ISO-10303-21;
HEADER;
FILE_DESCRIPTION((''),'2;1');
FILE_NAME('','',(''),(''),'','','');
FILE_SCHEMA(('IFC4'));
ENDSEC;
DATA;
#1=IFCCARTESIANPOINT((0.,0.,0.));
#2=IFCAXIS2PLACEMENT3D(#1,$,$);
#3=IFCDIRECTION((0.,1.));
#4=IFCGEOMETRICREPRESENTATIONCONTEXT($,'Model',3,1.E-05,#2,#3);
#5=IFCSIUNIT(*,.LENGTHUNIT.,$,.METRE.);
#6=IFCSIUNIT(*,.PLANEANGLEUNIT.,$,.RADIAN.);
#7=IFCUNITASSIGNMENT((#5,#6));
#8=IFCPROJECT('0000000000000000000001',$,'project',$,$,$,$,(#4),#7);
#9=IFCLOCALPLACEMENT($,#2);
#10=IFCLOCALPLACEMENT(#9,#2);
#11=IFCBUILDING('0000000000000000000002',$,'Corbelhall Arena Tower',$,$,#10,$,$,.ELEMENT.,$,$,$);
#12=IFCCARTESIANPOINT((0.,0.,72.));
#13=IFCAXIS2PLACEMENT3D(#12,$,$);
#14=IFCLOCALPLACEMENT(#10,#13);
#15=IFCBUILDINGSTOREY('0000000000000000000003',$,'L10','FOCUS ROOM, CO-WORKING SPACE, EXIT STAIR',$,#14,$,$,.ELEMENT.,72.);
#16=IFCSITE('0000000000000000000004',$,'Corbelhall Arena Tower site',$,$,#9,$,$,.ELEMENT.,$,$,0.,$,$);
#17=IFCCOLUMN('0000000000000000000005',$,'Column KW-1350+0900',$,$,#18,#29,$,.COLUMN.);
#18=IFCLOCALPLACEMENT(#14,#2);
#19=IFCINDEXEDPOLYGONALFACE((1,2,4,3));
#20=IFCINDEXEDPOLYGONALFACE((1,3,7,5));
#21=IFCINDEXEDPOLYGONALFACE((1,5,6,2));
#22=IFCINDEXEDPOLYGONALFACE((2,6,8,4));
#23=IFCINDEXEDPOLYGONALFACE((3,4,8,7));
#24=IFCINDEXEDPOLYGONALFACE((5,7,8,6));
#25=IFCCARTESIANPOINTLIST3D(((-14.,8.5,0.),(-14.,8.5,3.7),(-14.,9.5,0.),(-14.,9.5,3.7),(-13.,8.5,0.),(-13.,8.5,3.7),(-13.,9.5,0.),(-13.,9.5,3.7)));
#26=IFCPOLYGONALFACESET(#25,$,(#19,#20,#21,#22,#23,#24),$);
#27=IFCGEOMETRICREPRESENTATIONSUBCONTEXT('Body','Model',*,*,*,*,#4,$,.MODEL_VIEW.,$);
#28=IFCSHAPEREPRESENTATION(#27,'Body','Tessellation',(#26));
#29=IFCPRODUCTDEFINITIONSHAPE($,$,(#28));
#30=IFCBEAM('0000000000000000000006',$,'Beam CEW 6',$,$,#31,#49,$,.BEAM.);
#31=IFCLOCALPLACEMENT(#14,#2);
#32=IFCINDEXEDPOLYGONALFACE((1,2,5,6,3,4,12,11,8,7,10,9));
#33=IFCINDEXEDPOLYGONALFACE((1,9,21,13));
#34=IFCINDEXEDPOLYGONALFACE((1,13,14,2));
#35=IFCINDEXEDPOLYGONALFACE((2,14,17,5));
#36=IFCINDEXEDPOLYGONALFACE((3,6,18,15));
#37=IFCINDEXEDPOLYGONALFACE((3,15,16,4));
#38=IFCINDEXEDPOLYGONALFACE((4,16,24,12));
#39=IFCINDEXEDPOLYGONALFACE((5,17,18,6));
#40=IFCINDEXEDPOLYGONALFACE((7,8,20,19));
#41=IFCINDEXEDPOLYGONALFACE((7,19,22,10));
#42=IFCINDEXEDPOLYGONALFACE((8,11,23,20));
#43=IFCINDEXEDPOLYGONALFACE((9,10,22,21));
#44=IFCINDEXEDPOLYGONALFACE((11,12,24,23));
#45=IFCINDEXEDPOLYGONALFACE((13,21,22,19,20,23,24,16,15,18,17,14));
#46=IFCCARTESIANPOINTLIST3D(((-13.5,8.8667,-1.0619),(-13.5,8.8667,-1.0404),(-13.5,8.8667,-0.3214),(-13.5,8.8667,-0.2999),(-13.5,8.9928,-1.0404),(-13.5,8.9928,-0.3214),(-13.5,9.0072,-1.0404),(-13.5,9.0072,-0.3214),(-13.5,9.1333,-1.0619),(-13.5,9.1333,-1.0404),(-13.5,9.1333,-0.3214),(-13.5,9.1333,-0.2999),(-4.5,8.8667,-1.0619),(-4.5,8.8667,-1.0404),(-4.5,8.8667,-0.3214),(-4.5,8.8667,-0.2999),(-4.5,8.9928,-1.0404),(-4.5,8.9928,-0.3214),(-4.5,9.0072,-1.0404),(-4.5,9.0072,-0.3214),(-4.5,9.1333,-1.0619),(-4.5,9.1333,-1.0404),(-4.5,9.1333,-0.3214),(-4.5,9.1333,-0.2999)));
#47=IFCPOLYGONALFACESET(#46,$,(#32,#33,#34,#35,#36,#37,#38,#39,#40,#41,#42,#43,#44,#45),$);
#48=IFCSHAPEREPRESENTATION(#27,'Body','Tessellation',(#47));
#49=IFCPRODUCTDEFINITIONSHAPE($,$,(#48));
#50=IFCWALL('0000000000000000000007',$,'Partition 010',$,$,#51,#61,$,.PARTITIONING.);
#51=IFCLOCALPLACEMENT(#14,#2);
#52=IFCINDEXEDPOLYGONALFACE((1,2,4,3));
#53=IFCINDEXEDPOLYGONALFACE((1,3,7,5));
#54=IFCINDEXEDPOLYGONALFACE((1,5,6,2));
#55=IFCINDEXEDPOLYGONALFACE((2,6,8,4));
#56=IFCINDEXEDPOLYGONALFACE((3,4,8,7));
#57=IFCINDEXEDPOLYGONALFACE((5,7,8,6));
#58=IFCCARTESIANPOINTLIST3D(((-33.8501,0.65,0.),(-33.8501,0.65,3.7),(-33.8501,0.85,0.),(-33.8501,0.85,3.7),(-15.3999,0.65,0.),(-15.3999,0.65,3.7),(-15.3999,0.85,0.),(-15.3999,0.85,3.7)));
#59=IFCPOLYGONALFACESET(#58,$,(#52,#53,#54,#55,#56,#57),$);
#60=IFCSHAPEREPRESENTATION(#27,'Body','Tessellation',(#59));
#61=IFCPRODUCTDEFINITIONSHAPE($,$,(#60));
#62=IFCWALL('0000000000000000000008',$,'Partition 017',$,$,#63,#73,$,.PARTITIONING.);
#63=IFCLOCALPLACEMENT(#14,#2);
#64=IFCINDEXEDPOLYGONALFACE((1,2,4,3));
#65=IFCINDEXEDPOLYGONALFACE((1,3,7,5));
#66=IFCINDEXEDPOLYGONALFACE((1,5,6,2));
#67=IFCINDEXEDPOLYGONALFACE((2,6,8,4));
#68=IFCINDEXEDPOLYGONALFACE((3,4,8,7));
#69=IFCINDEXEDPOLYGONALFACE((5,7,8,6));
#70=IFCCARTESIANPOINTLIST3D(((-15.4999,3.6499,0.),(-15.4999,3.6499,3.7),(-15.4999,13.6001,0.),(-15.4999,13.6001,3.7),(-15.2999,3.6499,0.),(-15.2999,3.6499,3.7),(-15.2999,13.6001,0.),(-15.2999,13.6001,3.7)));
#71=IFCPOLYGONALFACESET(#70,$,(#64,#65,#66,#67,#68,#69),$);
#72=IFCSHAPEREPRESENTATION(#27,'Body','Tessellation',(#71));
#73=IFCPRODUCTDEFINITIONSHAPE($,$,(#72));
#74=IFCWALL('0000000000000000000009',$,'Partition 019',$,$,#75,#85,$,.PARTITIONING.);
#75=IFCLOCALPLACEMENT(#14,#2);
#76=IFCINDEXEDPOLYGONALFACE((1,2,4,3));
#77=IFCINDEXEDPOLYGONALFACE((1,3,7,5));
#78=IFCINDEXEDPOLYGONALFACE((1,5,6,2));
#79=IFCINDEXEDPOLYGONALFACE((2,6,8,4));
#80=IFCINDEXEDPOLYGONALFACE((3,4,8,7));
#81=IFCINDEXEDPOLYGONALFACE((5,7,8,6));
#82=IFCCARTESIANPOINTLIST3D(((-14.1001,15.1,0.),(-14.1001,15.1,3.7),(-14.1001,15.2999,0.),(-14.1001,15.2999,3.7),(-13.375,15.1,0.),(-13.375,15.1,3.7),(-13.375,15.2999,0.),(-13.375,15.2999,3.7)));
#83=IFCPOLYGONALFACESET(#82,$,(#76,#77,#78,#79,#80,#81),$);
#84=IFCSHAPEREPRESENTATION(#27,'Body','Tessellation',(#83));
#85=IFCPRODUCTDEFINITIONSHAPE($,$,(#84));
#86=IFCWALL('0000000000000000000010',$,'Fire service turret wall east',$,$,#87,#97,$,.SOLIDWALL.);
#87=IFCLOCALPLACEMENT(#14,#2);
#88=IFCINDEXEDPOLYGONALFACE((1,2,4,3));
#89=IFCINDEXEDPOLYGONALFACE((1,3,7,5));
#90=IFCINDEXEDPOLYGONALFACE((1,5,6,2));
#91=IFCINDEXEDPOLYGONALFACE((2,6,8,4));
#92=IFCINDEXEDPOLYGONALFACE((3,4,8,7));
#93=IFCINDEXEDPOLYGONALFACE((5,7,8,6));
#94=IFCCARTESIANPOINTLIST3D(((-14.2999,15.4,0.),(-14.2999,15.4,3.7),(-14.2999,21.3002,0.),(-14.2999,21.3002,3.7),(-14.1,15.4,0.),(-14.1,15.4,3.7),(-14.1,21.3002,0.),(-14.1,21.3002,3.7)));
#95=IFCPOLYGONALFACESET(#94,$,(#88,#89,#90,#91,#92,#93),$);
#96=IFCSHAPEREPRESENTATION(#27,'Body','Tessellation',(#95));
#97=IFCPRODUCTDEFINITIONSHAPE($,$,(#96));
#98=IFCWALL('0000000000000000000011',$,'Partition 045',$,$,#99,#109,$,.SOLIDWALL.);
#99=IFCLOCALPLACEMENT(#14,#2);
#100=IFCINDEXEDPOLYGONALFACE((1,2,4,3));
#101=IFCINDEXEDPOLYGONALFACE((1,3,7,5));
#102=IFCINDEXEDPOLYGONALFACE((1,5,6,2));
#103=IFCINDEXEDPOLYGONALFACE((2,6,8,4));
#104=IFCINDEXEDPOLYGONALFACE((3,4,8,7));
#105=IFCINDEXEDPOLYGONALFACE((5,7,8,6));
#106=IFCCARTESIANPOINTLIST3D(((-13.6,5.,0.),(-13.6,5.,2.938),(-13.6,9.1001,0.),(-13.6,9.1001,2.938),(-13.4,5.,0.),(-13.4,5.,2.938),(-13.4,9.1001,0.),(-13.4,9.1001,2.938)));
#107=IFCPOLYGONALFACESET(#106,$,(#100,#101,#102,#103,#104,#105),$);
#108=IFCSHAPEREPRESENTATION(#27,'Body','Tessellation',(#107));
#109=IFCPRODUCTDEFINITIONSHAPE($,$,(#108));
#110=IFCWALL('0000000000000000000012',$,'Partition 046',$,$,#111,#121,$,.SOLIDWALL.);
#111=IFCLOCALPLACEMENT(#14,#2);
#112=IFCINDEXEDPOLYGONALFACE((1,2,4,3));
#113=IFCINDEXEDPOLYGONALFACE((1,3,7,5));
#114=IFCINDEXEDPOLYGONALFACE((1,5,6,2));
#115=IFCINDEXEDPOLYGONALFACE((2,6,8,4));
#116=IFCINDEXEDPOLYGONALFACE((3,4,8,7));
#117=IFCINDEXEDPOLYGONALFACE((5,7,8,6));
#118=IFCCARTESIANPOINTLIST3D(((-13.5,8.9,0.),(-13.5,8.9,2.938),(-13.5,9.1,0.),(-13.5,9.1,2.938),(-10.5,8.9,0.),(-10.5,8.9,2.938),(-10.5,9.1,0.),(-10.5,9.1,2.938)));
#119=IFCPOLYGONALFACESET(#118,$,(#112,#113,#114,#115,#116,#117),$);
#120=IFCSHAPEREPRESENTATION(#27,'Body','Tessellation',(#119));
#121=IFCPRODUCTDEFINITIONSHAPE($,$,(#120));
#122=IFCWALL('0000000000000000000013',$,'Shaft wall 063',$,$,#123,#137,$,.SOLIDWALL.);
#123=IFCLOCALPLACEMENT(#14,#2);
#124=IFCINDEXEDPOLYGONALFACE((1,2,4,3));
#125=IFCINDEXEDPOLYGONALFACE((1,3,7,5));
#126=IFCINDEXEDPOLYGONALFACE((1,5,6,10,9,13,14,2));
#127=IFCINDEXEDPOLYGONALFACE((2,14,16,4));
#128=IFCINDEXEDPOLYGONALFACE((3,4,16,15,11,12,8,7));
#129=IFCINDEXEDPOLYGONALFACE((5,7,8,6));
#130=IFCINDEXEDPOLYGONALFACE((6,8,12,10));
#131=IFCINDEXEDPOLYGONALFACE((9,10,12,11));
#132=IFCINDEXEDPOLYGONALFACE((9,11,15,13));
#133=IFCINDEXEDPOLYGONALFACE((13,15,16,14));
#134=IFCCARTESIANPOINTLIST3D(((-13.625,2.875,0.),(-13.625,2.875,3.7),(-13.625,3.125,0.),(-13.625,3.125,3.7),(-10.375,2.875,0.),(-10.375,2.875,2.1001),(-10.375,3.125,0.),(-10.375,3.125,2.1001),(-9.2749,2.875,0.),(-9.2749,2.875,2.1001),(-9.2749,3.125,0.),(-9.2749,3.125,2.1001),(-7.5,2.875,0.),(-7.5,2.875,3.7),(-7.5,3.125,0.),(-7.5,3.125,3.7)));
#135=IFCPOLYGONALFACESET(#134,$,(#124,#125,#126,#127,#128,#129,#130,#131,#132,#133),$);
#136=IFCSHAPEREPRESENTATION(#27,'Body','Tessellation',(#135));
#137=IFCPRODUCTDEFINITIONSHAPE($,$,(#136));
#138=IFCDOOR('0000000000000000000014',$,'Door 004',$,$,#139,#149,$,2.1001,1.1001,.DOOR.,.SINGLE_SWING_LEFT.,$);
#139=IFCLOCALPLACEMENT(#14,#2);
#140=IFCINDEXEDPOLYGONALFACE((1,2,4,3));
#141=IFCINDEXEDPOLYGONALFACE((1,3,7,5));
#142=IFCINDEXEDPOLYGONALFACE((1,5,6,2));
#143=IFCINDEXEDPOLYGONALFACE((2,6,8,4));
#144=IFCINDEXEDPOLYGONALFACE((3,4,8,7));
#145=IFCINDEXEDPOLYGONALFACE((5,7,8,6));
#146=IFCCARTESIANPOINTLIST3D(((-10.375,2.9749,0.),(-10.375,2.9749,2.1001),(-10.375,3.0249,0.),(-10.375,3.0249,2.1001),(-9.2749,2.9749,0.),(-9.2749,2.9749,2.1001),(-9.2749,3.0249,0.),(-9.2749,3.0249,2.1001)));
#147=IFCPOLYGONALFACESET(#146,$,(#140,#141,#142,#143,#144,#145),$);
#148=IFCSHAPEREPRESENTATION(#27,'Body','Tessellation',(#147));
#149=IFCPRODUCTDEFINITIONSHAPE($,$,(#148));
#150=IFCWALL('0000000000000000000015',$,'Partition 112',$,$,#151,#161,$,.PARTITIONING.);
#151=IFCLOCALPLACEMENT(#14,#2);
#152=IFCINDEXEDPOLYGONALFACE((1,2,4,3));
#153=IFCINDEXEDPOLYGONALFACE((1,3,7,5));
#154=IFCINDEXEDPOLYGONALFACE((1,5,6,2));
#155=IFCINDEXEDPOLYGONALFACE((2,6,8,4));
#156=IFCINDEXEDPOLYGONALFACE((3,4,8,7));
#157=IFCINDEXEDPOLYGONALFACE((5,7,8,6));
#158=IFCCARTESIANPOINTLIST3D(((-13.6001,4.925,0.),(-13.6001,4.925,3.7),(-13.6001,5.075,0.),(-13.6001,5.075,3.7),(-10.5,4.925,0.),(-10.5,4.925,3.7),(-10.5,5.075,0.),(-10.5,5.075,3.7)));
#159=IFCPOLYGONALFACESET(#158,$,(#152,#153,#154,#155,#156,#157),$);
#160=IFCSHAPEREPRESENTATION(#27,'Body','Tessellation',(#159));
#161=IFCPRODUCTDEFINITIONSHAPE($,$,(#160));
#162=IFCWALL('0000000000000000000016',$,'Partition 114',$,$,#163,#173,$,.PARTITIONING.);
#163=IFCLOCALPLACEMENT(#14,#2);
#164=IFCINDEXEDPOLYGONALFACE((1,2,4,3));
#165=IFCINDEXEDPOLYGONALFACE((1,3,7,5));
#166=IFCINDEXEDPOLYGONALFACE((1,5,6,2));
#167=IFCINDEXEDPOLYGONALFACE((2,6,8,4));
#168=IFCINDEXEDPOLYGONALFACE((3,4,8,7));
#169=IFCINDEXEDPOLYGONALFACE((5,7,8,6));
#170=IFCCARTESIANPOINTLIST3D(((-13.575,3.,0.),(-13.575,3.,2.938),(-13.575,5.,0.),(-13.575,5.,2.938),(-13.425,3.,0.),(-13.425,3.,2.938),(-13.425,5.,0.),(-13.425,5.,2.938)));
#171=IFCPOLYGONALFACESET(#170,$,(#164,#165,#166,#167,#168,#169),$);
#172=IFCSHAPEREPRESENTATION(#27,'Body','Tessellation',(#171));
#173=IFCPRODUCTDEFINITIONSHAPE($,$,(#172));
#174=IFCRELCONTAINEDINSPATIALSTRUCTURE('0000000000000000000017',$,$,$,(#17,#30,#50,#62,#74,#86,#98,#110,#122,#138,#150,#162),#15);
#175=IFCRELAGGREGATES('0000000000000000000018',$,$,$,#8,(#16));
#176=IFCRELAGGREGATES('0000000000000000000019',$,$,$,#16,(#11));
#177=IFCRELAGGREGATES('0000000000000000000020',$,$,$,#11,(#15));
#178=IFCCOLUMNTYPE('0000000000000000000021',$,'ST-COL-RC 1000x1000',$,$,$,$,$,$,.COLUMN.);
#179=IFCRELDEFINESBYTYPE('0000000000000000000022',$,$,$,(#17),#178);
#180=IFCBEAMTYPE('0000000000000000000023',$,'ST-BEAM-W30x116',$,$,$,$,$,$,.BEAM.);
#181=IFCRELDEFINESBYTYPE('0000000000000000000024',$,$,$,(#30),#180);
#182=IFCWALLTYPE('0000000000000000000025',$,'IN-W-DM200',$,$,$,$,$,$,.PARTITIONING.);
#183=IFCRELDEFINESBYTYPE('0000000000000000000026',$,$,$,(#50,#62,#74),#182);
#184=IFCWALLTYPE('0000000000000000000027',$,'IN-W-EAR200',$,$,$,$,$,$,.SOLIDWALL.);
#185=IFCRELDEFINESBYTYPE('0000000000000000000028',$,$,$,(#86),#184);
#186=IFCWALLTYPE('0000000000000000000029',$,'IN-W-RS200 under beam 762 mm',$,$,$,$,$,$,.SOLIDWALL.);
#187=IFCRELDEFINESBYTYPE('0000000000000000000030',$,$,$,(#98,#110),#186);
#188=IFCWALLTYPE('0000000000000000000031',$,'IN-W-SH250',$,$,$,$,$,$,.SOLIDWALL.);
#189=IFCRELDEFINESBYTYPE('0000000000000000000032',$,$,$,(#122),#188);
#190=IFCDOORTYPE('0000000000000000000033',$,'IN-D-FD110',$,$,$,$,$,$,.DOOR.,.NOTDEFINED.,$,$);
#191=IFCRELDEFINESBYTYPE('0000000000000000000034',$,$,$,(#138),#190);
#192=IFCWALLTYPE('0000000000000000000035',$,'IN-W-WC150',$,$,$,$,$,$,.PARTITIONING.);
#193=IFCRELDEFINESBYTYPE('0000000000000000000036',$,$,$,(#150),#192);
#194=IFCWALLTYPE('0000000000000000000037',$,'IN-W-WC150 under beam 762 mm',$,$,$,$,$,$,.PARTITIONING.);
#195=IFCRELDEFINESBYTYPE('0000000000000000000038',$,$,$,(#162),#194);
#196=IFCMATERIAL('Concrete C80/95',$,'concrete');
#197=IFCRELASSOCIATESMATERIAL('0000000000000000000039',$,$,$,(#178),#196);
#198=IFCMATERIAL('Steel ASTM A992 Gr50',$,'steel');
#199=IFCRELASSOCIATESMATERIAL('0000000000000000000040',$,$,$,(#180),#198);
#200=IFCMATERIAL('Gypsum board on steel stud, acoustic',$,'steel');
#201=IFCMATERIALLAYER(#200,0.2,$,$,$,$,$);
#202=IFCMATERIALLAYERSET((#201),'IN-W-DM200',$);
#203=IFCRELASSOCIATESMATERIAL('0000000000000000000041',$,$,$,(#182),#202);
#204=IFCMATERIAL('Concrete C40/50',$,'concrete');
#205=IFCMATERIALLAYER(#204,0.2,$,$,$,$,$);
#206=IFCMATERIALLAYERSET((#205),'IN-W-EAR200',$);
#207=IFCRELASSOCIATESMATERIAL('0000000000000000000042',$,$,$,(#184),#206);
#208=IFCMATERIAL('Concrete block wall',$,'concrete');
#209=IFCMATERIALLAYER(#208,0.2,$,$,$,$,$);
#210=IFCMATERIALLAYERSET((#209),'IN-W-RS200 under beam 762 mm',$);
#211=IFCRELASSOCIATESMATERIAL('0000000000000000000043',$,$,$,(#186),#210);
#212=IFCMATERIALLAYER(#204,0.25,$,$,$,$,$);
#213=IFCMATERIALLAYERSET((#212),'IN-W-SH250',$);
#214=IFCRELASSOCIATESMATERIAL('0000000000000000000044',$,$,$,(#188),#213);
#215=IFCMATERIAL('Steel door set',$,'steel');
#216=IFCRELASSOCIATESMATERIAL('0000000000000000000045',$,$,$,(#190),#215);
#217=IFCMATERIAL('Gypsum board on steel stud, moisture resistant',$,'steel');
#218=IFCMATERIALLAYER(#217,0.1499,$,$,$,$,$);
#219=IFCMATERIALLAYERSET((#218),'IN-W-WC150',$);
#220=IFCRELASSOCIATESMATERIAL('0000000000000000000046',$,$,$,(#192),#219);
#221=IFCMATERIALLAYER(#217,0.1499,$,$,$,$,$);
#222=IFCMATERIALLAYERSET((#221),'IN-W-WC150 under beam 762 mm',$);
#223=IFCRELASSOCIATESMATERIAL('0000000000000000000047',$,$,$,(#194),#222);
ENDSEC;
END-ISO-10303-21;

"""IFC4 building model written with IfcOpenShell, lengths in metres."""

from ifc_helpers import new_model, si_unit, direction, frame, frame_2d, origin, origin_2d, place, context, subcontext, project, spatial, rectangle, i_section, extrude, material, layer, layer_set, material_profile, profile_set, type_object, element, fill, save


model = new_model("IFC4")

# Units and contexts
model_context = context("Model", 3, precision=1e-05, world=origin(), true_north=direction((0.0, 1.0)))
body_context = subcontext(model_context, "Body", "Model", "MODEL_VIEW")
ifc_project = project(units=[si_unit("LENGTHUNIT", "METRE"), si_unit("PLANEANGLEUNIT", "RADIAN")], contexts=[model_context])

# Site, building, storey
site_placement = place(None, origin())
site = spatial("IfcSite", under=ifc_project, at=site_placement, Name="Corbelhall Arena Tower site", CompositionType="ELEMENT", RefElevation=0.0)
building_placement = place(site_placement, origin())
building = spatial("IfcBuilding", under=site, at=building_placement, Name="Corbelhall Arena Tower", CompositionType="ELEMENT")
storey_placement = place(building_placement, frame((0.0, 0.0, 72.0)))
storey = spatial("IfcBuildingStorey", under=building, at=storey_placement, Name="L10", Description="FOCUS ROOM, CO-WORKING SPACE, EXIT STAIR", CompositionType="ELEMENT", Elevation=72.0)

# Column
ifc_material_1 = material(Name="Concrete C80/95", Category="concrete")
ifc_material_profile_1 = material_profile(ifc_material_1, rectangle(XDim=1.0, YDim=1.0, at=origin_2d()))
ifc_profile_set_1 = profile_set([ifc_material_profile_1], Name="Concrete C80/95")
column_type = type_object("IfcColumnType", Name="ST-COL-RC 1000x1000", PredefinedType="COLUMN", material=ifc_profile_set_1)
column_placement = place(storey_placement, frame((-13.5, 9.0, 0.0), z_axis=(0.0, 0.0, 1.0), x_axis=(1.0, 0.0, 0.0)))
element("IfcColumn", 1, at=column_placement, inside=storey, type_object=column_type, Name="Column KW-1350+0900", PredefinedType="COLUMN", context=body_context, shape_type="SweptSolid", body=[
    extrude(rectangle(XDim=1.0, YDim=1.0, at=origin_2d()), origin(), (0.0, 0.0, 1.0), 3.7),
])

# Beam
ifc_material_2 = material(Name="Steel ASTM A992 Gr50", Category="steel")
ifc_material_profile_2 = material_profile(ifc_material_2, i_section(OverallWidth=0.2666, OverallDepth=0.762, WebThickness=0.0144, FlangeThickness=0.0215, at=origin_2d()))
ifc_profile_set_2 = profile_set([ifc_material_profile_2], Name="Steel ASTM A992 Gr50")
beam_type = type_object("IfcBeamType", Name="ST-BEAM-W30x116", PredefinedType="BEAM", material=ifc_profile_set_2)
beam_placement = place(storey_placement, frame((-13.5, 9.0, -0.6809), z_axis=(1.0, 0.0, 0.0), x_axis=(0.0, 1.0, 0.0)))
element("IfcBeam", 2, at=beam_placement, inside=storey, type_object=beam_type, Name="Beam CEW 6", PredefinedType="BEAM", context=body_context, shape_type="SweptSolid", body=[
    extrude(i_section(OverallWidth=0.2666, OverallDepth=0.762, WebThickness=0.0144, FlangeThickness=0.0215, at=origin_2d()), origin(), (0.0, 0.0, 1.0), 9.0),
])

# Walls
ifc_material_3 = material(Name="Gypsum board on steel stud, acoustic", Category="steel")
ifc_layer_1 = layer(ifc_material_3, 0.2)
ifc_layer_set_1 = layer_set([ifc_layer_1], Name="IN-W-DM200")
wall_type_1 = type_object("IfcWallType", Name="IN-W-DM200", PredefinedType="PARTITIONING", material=ifc_layer_set_1)
wall_1_placement = place(storey_placement, frame((-15.3999, 0.75, 0.0), z_axis=(0.0, 0.0, 1.0), x_axis=(-1.0, 0.0, 0.0)))
element("IfcWall", 3, at=wall_1_placement, inside=storey, type_object=wall_type_1, Name="Partition 010", PredefinedType="PARTITIONING", context=body_context, shape_type="SweptSolid", body=[
    extrude(rectangle(XDim=18.4502, YDim=0.2, at=frame_2d((9.2251, 0.0))), origin(), (0.0, 0.0, 1.0), 3.7),
])
wall_2_placement = place(storey_placement, frame((-15.3999, 3.6499, 0.0), z_axis=(0.0, 0.0, 1.0), x_axis=(0.0, 1.0, 0.0)))
element("IfcWall", 4, at=wall_2_placement, inside=storey, type_object=wall_type_1, Name="Partition 017", PredefinedType="PARTITIONING", context=body_context, shape_type="SweptSolid", body=[
    extrude(rectangle(XDim=9.9502, YDim=0.2, at=frame_2d((4.9751, 0.0))), origin(), (0.0, 0.0, 1.0), 3.7),
])

# Shared definitions
ifc_material_4 = material(Name="Steel door set", Category="steel")

# Walls
wall_3_placement = place(storey_placement, frame((-14.1001, 15.2, 0.0), z_axis=(0.0, 0.0, 1.0), x_axis=(1.0, 0.0, 0.0)))
element("IfcWall", 5, at=wall_3_placement, inside=storey, type_object=wall_type_1, Name="Partition 019", PredefinedType="PARTITIONING", context=body_context, shape_type="SweptSolid", body=[
    extrude(rectangle(XDim=0.7251, YDim=0.2, at=frame_2d((0.3625, 0.0))), origin(), (0.0, 0.0, 1.0), 3.7),
])
ifc_material_5 = material(Name="Concrete C40/50", Category="concrete")
ifc_layer_2 = layer(ifc_material_5, 0.2)
ifc_layer_set_2 = layer_set([ifc_layer_2], Name="IN-W-EAR200")
wall_type_2 = type_object("IfcWallType", Name="IN-W-EAR200", PredefinedType="SOLIDWALL", material=ifc_layer_set_2)
wall_4_placement = place(storey_placement, frame((-14.2, 15.3999, 0.0), z_axis=(0.0, 0.0, 1.0), x_axis=(0.0, 1.0, 0.0)))
element("IfcWall", 6, at=wall_4_placement, inside=storey, type_object=wall_type_2, Name="Fire service turret wall east", PredefinedType="SOLIDWALL", context=body_context, shape_type="SweptSolid", body=[
    extrude(rectangle(XDim=5.9001, YDim=0.2, at=frame_2d((2.9502, 0.0))), origin(), (0.0, 0.0, 1.0), 3.7),
])

# Walls
ifc_material_6 = material(Name="Concrete block wall", Category="concrete")
ifc_layer_3 = layer(ifc_material_6, 0.2)
ifc_layer_set_3 = layer_set([ifc_layer_3], Name="IN-W-RS200 under beam 762 mm")
wall_type_3 = type_object("IfcWallType", Name="IN-W-RS200 under beam 762 mm", PredefinedType="SOLIDWALL", material=ifc_layer_set_3)
wall_5_placement = place(storey_placement, frame((-13.5, 5.0, 0.0), z_axis=(0.0, 0.0, 1.0), x_axis=(0.0, 1.0, 0.0)))
element("IfcWall", 7, at=wall_5_placement, inside=storey, type_object=wall_type_3, Name="Partition 045", PredefinedType="SOLIDWALL", context=body_context, shape_type="SweptSolid", body=[
    extrude(rectangle(XDim=4.1001, YDim=0.2, at=frame_2d((2.05, 0.0))), origin(), (0.0, 0.0, 1.0), 2.938),
])
wall_6_placement = place(storey_placement, frame((-13.5, 9.0, 0.0), z_axis=(0.0, 0.0, 1.0), x_axis=(1.0, 0.0, 0.0)))
element("IfcWall", 8, at=wall_6_placement, inside=storey, type_object=wall_type_3, Name="Partition 046", PredefinedType="SOLIDWALL", context=body_context, shape_type="SweptSolid", body=[
    extrude(rectangle(XDim=3.0, YDim=0.2, at=frame_2d((1.5, 0.0))), origin(), (0.0, 0.0, 1.0), 2.938),
])

# Wall, opening, door
ifc_layer_4 = layer(ifc_material_5, 0.25)
ifc_layer_set_4 = layer_set([ifc_layer_4], Name="IN-W-SH250")
wall_type_4 = type_object("IfcWallType", Name="IN-W-SH250", PredefinedType="SOLIDWALL", material=ifc_layer_set_4)
wall_7_placement = place(storey_placement, frame((-13.625, 3.0, 0.0), z_axis=(0.0, 0.0, 1.0), x_axis=(1.0, 0.0, 0.0)))
wall_7 = element("IfcWall", 9, at=wall_7_placement, inside=storey, type_object=wall_type_4, Name="Shaft wall 063", PredefinedType="SOLIDWALL", context=body_context, shape_type="SweptSolid", body=[
    extrude(rectangle(XDim=6.125, YDim=0.25, at=frame_2d((3.0625, 0.0))), origin(), (0.0, 0.0, 1.0), 3.7),
])
opening_1_placement = place(wall_7_placement, frame((3.25, 0.0, 0.0)))
opening_1 = element("IfcOpeningElement", 10, at=opening_1_placement, cuts=wall_7, PredefinedType="OPENING", context=body_context, shape_type="SweptSolid", body=[
    extrude(rectangle(XDim=1.1001, YDim=2.1001, at=frame_2d((0.55, 1.05))), frame((0.0, 0.125, 0.0), z_axis=(0.0, -1.0, 0.0), x_axis=(1.0, 0.0, 0.0)), (0.0, 0.0, 1.0), 0.25),
])
door_type_1 = type_object("IfcDoorType", Name="IN-D-FD110", OperationType="NOTDEFINED", PredefinedType="DOOR", material=ifc_material_4)
door_1_placement = place(opening_1_placement, origin())
door_1 = element("IfcDoor", 11, at=door_1_placement, inside=storey, type_object=door_type_1, Name="Door 004", OperationType="SINGLE_SWING_LEFT", OverallHeight=2.1001, OverallWidth=1.1001, PredefinedType="DOOR", context=body_context, shape_type="SweptSolid", body=[
    extrude(rectangle(XDim=1.1001, YDim=2.1001, at=frame_2d((0.55, 1.05))), frame((0.0, 0.0249, 0.0), z_axis=(0.0, -1.0, 0.0), x_axis=(1.0, 0.0, 0.0)), (0.0, 0.0, 1.0), 0.05),
])
fill(opening_1, door_1)

# Walls
ifc_material_7 = material(Name="Gypsum board on steel stud, moisture resistant", Category="steel")
ifc_layer_5 = layer(ifc_material_7, 0.1499)
ifc_layer_set_5 = layer_set([ifc_layer_5], Name="IN-W-WC150")
wall_type_5 = type_object("IfcWallType", Name="IN-W-WC150", PredefinedType="PARTITIONING", material=ifc_layer_set_5)
wall_8_placement = place(storey_placement, frame((-13.6001, 5.0, 0.0), z_axis=(0.0, 0.0, 1.0), x_axis=(1.0, 0.0, 0.0)))
element("IfcWall", 12, at=wall_8_placement, inside=storey, type_object=wall_type_5, Name="Partition 112", PredefinedType="PARTITIONING", context=body_context, shape_type="SweptSolid", body=[
    extrude(rectangle(XDim=3.1001, YDim=0.1499, at=frame_2d((1.55, 0.0))), origin(), (0.0, 0.0, 1.0), 3.7),
])
ifc_layer_6 = layer(ifc_material_7, 0.1499)
ifc_layer_set_6 = layer_set([ifc_layer_6], Name="IN-W-WC150 under beam 762 mm")
wall_type_6 = type_object("IfcWallType", Name="IN-W-WC150 under beam 762 mm", PredefinedType="PARTITIONING", material=ifc_layer_set_6)
wall_9_placement = place(storey_placement, frame((-13.5, 3.0, 0.0), z_axis=(0.0, 0.0, 1.0), x_axis=(0.0, 1.0, 0.0)))
element("IfcWall", 13, at=wall_9_placement, inside=storey, type_object=wall_type_6, Name="Partition 114", PredefinedType="PARTITIONING", context=body_context, shape_type="SweptSolid", body=[
    extrude(rectangle(XDim=2.0, YDim=0.1499, at=frame_2d((1.0, 0.0))), origin(), (0.0, 0.0, 1.0), 2.938),
])

save(model, "model.ifc")
